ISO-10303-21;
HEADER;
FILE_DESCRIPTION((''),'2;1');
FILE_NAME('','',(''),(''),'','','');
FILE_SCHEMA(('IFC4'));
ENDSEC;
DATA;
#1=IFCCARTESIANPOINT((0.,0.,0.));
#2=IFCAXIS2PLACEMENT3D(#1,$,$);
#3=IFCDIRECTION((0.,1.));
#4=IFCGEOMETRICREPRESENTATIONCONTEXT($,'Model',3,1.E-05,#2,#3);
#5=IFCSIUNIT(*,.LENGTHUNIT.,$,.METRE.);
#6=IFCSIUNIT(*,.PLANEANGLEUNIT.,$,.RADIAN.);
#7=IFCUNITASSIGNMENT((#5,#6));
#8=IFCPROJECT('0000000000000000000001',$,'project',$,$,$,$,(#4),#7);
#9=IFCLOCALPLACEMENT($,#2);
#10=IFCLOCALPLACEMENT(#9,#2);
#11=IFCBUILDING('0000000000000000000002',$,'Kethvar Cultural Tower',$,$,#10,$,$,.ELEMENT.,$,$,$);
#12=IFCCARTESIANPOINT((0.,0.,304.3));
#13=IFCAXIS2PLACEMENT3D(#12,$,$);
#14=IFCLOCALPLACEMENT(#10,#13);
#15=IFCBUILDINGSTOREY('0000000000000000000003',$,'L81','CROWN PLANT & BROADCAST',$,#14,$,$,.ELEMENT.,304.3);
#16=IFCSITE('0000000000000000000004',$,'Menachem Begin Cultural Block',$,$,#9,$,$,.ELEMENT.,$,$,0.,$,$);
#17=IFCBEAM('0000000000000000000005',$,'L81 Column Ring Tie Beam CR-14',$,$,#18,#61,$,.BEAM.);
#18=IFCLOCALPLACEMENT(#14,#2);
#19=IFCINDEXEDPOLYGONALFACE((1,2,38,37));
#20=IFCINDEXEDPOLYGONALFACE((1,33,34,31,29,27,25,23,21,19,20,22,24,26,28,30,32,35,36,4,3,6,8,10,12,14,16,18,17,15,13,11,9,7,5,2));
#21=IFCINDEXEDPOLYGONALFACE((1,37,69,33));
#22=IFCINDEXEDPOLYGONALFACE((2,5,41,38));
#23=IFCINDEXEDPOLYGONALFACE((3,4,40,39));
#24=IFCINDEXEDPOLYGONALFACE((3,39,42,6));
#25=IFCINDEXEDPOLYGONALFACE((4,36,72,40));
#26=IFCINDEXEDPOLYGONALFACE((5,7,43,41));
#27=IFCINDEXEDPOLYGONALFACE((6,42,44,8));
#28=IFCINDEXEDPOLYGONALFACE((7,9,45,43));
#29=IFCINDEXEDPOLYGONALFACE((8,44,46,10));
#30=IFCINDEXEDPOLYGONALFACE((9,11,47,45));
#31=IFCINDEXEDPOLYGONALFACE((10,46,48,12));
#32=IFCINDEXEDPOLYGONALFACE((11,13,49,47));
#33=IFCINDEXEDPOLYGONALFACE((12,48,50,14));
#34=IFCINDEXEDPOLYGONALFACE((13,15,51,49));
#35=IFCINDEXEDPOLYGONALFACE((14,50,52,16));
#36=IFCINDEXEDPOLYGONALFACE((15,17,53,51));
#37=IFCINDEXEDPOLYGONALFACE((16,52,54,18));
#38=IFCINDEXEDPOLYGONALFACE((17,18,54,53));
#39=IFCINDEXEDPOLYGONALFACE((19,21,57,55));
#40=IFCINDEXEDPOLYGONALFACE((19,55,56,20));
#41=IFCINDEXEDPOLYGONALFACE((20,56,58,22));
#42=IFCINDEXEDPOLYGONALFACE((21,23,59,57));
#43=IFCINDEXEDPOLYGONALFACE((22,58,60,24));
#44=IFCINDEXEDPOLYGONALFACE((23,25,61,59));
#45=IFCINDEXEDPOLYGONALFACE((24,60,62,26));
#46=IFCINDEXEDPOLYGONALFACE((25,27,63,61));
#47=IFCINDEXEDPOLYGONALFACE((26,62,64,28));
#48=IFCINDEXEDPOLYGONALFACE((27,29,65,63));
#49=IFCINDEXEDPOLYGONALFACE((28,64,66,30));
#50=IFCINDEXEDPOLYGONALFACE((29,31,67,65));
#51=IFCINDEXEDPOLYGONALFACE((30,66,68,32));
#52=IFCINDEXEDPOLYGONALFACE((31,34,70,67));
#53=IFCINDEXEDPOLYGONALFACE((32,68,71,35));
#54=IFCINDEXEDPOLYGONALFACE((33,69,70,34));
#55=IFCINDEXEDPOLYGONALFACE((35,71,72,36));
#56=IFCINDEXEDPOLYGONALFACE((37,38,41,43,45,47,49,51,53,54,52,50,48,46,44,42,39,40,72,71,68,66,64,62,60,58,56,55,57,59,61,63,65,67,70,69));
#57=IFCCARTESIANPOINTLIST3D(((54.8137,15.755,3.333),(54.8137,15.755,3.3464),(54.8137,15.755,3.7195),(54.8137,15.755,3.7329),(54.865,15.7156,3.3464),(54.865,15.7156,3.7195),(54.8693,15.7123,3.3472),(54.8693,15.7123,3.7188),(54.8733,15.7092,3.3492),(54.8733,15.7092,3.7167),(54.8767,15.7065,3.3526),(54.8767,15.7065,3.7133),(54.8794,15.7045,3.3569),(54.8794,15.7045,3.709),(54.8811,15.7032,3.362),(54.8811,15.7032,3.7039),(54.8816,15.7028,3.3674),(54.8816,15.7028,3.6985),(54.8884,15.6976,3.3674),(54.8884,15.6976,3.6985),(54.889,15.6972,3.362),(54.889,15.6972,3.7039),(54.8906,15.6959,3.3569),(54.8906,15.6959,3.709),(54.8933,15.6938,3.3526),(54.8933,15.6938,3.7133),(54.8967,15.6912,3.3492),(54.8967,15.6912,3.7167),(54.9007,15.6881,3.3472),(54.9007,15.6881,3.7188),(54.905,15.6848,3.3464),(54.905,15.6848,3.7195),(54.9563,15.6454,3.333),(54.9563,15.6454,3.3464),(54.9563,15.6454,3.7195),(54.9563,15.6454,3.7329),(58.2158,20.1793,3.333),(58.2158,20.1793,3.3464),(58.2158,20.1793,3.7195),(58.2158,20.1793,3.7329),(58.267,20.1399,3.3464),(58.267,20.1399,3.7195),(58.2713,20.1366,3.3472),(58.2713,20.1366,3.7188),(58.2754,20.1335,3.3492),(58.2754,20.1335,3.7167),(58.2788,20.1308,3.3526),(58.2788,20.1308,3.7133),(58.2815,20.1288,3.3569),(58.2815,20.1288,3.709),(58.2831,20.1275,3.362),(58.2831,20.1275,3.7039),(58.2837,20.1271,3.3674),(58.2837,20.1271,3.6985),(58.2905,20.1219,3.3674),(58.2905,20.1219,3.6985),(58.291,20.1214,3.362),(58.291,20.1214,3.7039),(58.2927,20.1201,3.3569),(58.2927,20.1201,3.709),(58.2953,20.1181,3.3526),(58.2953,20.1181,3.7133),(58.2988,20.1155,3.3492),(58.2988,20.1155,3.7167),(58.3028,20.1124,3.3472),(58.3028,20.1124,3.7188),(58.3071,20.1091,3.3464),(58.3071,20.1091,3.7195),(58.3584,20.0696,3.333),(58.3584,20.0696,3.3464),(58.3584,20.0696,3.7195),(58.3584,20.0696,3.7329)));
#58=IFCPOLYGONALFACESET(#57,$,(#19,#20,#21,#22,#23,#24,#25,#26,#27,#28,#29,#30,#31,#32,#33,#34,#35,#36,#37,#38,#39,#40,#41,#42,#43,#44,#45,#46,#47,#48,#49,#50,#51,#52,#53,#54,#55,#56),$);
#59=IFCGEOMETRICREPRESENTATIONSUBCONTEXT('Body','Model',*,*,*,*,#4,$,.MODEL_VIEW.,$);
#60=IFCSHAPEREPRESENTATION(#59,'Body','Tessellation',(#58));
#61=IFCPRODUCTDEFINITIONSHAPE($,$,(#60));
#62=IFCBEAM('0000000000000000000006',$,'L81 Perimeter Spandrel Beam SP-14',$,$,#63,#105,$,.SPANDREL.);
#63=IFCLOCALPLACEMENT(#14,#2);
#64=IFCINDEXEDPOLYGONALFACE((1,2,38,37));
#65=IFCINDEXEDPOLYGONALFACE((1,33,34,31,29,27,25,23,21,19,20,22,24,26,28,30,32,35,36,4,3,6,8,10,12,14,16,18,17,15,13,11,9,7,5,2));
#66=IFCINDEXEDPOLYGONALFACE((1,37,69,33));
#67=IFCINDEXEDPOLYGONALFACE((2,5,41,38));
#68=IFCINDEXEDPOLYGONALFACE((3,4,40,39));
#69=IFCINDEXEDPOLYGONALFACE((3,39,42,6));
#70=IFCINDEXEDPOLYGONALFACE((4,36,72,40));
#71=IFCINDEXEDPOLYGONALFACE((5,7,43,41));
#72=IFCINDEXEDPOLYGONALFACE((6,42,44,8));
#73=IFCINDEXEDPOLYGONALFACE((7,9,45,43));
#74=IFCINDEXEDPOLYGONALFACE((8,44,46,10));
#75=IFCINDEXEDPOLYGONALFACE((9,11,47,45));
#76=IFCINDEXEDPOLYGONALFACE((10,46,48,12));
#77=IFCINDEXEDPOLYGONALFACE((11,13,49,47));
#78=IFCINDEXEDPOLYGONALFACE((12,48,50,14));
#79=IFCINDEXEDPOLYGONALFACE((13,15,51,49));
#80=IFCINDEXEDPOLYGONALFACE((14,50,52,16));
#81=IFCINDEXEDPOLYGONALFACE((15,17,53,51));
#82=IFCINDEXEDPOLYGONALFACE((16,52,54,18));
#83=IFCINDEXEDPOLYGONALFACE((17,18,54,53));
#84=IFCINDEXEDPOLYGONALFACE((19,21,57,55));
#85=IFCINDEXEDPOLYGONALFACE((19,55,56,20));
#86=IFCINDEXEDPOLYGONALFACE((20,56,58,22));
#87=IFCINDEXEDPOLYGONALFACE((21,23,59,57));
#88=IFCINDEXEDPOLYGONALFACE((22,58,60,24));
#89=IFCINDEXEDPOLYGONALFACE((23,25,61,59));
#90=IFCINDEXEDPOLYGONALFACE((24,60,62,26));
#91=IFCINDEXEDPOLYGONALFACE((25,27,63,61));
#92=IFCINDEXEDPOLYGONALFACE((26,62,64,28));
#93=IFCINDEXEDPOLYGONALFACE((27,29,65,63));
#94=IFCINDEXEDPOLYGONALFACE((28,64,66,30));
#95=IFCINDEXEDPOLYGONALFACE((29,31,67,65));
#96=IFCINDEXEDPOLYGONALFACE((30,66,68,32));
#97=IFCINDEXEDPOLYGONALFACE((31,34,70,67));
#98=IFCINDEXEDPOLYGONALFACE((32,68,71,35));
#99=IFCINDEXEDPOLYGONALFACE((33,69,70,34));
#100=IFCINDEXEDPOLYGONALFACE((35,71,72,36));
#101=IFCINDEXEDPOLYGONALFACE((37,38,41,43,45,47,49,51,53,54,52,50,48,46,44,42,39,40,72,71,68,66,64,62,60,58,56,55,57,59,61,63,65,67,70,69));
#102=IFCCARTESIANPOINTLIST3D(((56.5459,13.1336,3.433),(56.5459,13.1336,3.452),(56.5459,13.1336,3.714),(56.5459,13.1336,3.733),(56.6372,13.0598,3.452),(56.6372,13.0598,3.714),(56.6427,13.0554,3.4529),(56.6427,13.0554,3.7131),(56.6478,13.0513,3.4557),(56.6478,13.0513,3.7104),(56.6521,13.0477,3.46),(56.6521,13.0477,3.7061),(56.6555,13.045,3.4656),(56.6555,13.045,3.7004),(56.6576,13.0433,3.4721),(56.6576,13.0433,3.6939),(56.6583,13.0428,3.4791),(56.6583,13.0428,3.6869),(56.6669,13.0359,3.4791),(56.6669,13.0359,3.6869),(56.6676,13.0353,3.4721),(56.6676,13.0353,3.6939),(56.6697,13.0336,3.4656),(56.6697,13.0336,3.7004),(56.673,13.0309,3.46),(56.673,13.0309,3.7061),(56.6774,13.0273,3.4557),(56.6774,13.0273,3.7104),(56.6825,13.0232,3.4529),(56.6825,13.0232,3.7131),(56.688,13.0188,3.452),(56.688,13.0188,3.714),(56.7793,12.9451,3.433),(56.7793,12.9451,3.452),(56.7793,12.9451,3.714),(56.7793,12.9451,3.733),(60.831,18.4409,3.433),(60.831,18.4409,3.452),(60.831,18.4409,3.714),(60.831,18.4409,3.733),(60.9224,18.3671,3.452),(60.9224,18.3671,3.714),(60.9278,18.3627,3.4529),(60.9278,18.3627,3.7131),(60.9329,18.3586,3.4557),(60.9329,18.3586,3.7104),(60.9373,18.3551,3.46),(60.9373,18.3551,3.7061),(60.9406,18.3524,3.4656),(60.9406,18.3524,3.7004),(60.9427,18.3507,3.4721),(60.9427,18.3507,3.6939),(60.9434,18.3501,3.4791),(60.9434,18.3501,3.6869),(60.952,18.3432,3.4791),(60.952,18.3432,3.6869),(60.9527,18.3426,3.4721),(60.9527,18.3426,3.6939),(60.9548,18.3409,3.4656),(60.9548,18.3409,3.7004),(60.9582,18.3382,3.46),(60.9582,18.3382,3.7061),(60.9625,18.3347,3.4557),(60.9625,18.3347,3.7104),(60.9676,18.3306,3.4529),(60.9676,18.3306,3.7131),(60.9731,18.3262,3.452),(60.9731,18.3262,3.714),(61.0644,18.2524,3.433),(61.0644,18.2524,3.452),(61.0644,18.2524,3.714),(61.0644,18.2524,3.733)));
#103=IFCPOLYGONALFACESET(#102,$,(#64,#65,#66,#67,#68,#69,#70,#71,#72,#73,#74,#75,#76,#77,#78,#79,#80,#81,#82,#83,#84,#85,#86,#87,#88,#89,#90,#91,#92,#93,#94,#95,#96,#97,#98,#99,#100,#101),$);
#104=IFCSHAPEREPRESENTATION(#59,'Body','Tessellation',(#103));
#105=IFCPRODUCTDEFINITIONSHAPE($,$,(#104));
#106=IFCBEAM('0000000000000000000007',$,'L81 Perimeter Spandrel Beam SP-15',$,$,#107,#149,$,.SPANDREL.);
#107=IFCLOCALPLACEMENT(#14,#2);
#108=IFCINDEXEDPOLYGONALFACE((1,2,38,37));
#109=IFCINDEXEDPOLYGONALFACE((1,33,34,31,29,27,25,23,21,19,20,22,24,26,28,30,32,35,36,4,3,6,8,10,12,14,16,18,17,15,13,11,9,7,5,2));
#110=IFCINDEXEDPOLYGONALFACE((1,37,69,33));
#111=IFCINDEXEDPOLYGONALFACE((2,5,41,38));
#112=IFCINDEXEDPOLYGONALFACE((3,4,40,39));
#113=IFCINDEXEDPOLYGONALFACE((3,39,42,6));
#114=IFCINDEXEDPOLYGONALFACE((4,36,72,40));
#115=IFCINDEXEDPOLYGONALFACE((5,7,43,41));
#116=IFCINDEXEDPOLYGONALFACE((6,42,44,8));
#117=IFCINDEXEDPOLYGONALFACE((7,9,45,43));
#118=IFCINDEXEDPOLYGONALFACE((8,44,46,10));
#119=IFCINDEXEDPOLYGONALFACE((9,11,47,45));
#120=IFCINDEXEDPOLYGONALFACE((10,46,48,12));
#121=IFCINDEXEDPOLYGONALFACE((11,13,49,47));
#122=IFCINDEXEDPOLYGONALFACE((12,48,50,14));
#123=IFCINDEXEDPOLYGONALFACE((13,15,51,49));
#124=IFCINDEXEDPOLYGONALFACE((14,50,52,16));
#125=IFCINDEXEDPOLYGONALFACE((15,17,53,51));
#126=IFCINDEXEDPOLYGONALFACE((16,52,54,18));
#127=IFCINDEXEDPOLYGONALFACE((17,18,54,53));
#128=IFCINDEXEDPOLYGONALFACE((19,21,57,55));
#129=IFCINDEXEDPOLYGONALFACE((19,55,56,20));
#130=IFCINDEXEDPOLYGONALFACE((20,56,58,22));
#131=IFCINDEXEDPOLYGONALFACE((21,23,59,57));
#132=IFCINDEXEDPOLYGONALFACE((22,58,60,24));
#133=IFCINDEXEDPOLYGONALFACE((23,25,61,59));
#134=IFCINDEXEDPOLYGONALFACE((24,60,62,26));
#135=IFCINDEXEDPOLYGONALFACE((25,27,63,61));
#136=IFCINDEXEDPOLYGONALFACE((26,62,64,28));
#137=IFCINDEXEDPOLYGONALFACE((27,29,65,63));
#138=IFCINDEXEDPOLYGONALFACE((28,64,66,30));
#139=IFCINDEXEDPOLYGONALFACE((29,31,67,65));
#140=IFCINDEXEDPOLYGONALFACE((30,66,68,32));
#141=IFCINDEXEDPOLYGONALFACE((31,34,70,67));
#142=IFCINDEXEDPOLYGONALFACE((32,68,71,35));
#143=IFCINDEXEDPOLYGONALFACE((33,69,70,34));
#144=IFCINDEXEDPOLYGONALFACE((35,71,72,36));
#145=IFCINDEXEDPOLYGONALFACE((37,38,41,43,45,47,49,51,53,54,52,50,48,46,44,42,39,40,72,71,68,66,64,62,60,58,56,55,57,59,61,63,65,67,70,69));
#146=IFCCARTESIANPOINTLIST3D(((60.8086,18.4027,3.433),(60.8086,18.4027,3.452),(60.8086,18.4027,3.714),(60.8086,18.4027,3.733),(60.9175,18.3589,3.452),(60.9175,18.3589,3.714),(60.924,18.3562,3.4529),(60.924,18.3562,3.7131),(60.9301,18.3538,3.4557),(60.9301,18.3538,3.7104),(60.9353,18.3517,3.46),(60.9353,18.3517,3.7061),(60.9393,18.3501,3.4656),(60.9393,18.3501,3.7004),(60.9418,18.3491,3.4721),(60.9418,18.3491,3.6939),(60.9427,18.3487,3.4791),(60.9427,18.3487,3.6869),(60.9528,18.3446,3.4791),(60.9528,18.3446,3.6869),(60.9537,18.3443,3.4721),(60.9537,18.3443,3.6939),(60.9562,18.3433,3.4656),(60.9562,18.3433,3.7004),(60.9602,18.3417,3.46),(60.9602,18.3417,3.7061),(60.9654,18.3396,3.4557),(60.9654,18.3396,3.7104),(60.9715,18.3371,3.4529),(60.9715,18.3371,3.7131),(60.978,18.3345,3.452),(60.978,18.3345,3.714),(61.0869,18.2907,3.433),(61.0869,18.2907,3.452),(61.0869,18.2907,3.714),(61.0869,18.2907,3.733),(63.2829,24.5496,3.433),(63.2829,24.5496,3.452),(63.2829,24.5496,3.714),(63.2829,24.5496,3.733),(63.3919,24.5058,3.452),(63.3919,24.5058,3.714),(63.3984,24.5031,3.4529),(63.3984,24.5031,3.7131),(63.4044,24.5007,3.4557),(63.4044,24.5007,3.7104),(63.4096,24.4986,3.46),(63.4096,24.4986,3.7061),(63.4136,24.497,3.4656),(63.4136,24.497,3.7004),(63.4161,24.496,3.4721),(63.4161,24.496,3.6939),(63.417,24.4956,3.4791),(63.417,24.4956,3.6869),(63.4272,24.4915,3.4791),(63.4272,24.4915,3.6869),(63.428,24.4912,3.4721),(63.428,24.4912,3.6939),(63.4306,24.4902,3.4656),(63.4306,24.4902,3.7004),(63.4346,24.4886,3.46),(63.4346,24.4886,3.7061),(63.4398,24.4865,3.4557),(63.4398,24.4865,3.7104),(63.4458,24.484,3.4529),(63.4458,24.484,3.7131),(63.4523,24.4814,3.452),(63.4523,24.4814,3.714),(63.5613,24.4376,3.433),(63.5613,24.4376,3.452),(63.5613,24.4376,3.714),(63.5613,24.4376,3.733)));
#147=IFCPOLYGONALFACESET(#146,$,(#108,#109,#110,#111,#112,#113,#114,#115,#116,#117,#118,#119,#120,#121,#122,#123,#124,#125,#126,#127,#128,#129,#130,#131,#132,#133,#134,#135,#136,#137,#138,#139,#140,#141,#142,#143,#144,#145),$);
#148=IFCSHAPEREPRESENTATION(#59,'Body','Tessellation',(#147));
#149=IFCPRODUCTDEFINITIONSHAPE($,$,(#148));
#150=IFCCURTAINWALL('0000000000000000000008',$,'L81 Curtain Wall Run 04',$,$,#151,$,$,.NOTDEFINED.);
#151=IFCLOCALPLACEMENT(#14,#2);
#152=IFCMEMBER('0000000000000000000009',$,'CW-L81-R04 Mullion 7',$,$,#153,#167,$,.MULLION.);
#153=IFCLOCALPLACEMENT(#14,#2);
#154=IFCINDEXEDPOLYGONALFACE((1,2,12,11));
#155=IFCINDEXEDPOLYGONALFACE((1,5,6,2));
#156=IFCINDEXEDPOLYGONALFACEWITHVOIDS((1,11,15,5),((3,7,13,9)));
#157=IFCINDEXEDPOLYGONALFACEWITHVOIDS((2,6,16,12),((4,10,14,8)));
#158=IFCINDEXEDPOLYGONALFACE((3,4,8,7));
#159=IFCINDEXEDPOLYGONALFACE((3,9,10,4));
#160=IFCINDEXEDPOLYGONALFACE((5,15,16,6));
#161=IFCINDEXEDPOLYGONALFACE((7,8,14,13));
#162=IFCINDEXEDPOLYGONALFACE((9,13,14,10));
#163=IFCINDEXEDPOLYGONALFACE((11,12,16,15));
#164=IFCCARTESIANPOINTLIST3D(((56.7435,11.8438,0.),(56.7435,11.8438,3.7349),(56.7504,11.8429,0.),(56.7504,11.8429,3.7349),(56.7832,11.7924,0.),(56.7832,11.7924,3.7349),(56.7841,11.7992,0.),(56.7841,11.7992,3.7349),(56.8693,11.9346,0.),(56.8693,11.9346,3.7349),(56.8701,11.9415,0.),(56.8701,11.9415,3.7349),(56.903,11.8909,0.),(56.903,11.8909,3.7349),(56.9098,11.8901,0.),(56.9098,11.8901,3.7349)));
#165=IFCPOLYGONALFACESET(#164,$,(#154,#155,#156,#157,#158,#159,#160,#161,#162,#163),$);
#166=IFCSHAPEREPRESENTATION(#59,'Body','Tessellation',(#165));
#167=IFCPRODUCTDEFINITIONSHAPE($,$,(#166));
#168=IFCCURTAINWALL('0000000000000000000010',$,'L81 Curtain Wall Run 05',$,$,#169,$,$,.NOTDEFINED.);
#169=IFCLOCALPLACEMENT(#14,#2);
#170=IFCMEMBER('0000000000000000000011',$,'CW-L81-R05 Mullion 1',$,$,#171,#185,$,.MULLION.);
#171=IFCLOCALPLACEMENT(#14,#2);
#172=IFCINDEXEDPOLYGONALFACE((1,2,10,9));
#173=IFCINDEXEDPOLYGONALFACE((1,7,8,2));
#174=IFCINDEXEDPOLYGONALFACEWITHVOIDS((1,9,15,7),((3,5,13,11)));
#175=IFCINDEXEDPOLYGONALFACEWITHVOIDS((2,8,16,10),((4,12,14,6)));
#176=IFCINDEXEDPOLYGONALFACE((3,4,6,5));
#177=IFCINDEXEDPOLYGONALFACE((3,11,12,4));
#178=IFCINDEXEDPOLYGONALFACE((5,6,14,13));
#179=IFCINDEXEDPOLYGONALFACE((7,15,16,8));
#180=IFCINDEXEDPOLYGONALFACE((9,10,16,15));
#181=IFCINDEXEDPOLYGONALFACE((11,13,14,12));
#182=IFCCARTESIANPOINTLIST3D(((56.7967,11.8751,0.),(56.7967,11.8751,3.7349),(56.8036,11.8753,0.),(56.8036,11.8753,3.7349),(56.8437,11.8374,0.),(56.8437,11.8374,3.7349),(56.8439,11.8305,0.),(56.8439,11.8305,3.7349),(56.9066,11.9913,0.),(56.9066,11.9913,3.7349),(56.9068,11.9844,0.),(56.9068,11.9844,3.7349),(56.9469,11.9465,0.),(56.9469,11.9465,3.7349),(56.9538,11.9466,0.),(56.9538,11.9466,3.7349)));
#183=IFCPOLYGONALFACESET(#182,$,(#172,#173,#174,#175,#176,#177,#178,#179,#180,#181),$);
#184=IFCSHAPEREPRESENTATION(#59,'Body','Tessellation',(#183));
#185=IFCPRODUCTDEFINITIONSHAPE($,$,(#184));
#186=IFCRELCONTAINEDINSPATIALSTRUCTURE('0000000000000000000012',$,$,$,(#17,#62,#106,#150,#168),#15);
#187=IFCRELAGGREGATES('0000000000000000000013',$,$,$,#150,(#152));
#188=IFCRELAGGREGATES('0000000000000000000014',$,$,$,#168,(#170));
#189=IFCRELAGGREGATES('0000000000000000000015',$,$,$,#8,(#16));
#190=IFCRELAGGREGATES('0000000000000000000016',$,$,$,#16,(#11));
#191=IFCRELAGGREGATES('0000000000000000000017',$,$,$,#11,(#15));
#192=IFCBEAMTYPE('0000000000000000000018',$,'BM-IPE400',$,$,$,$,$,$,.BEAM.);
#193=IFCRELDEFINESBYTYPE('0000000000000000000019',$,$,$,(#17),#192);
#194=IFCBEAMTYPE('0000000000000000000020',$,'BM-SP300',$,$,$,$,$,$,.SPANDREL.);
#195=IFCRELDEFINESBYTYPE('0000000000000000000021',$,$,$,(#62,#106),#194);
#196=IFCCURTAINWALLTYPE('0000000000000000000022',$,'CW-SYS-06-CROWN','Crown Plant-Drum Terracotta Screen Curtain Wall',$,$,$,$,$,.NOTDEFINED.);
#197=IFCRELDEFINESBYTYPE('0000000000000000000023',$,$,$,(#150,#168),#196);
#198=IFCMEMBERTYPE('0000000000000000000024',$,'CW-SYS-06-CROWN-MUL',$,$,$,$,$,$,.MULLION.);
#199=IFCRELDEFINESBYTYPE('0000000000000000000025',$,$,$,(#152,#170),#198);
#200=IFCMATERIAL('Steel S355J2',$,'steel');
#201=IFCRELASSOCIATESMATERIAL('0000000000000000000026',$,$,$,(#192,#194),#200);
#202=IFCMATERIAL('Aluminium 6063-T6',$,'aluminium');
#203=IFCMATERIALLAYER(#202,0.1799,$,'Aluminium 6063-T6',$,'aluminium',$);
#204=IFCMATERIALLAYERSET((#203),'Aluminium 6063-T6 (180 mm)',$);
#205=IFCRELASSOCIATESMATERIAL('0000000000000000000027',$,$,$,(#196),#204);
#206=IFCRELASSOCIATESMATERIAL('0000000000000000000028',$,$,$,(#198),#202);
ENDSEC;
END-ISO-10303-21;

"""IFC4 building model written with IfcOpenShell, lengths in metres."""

from ifc_helpers import new_model, si_unit, direction, frame, origin, origin_2d, place, context, subcontext, project, spatial, hollow_rectangle, i_section, extrude, source, transform, mapped, material, layer, layer_set, material_profile, profile_set, type_object, element, aggregate, save


model = new_model("IFC4")

# Units and contexts
model_context = context("Model", 3, precision=1e-05, world=origin(), true_north=direction((0.0, 1.0)))
body_context = subcontext(model_context, "Body", "Model", "MODEL_VIEW")
ifc_project = project(units=[si_unit("LENGTHUNIT", "METRE"), si_unit("PLANEANGLEUNIT", "RADIAN")], contexts=[model_context])

# Site, building, storey
site_placement = place(None, origin())
site = spatial("IfcSite", under=ifc_project, at=site_placement, Name="Menachem Begin Cultural Block", CompositionType="ELEMENT", RefElevation=0.0)
building_placement = place(site_placement, origin())
building = spatial("IfcBuilding", under=site, at=building_placement, Name="Kethvar Cultural Tower", CompositionType="ELEMENT")
storey_placement = place(building_placement, frame((0.0, 0.0, 304.3)))
storey = spatial("IfcBuildingStorey", under=building, at=storey_placement, Name="L81", Description="CROWN PLANT & BROADCAST", CompositionType="ELEMENT", Elevation=304.3)

# Shared definitions
ifc_material_1 = material(Name="Steel S355J2", Category="steel")

# Beams
ifc_material_profile_1 = material_profile(ifc_material_1, i_section(OverallWidth=0.1799, OverallDepth=0.3999, WebThickness=0.0085, FlangeThickness=0.0134, FilletRadius=0.021, at=origin_2d()), Name="Steel S355J2 — IPE400")
ifc_profile_set_1 = profile_set([ifc_material_profile_1], Name="Steel S355J2 — IPE400")
beam_type_1 = type_object("IfcBeamType", Name="BM-IPE400", PredefinedType="BEAM", material=ifc_profile_set_1)
shared_shape_1 = source(origin(), body_context, "Body", "SweptSolid", [
    extrude(i_section(OverallWidth=0.1799, OverallDepth=0.3999, WebThickness=0.0085, FlangeThickness=0.0134, FilletRadius=0.021, at=origin_2d()), origin(), (0.0, 0.0, 1.0), 5.5811),
])
beam_1_placement = place(storey_placement, frame((54.885, 15.7002, 3.533), z_axis=(0.609573, 0.79273, 0.0), x_axis=(-0.79273, 0.609573, 0.0)))
element("IfcBeam", 1, at=beam_1_placement, inside=storey, type_object=beam_type_1, Name="L81 Column Ring Tie Beam CR-14", PredefinedType="BEAM", context=body_context, shape_type="MappedRepresentation", body=[
    mapped(shared_shape_1, transform((0.0, 0.0, 0.0), scale=1.0)),
])
ifc_material_profile_2 = material_profile(ifc_material_1, i_section(OverallWidth=0.3, OverallDepth=0.3, WebThickness=0.011, FlangeThickness=0.019, FilletRadius=0.0271, at=origin_2d()), Name="Steel S355J2 — HEB300")
ifc_profile_set_2 = profile_set([ifc_material_profile_2], Name="Steel S355J2 — HEB300")
beam_type_2 = type_object("IfcBeamType", Name="BM-SP300", PredefinedType="SPANDREL", material=ifc_profile_set_2)
shared_shape_2 = source(origin(), body_context, "Body", "SweptSolid", [
    extrude(i_section(OverallWidth=0.3, OverallDepth=0.3, WebThickness=0.011, FlangeThickness=0.019, FilletRadius=0.0271, at=origin_2d()), origin(), (0.0, 0.0, 1.0), 6.8213),
])
beam_2_placement = place(storey_placement, frame((56.6626, 13.0393, 3.583), z_axis=(0.628198, 0.778054, 0.0), x_axis=(-0.778054, 0.628198, 0.0)))
element("IfcBeam", 2, at=beam_2_placement, inside=storey, type_object=beam_type_2, Name="L81 Perimeter Spandrel Beam SP-14", PredefinedType="SPANDREL", context=body_context, shape_type="MappedRepresentation", body=[
    mapped(shared_shape_2, transform((0.0, 0.0, 0.0), scale=1.0)),
])
shared_shape_3 = source(origin(), body_context, "Body", "SweptSolid", [
    extrude(i_section(OverallWidth=0.3, OverallDepth=0.3, WebThickness=0.011, FlangeThickness=0.019, FilletRadius=0.0271, at=origin_2d()), origin(), (0.0, 0.0, 1.0), 6.6262),
])
beam_3_placement = place(storey_placement, frame((60.9478, 18.3467, 3.583), z_axis=(0.373416, 0.927664, 0.0), x_axis=(-0.927664, 0.373416, 0.0)))
element("IfcBeam", 3, at=beam_3_placement, inside=storey, type_object=beam_type_2, Name="L81 Perimeter Spandrel Beam SP-15", PredefinedType="SPANDREL", context=body_context, shape_type="MappedRepresentation", body=[
    mapped(shared_shape_3, transform((0.0, 0.0, 0.0), scale=1.0)),
])

# Curtain wall, member
ifc_material_2 = material(Name="Aluminium 6063-T6", Category="aluminium")
ifc_layer_1 = layer(ifc_material_2, 0.1799, Name="Aluminium 6063-T6", Category="aluminium")
ifc_layer_set_1 = layer_set([ifc_layer_1], Name="Aluminium 6063-T6 (180 mm)")
curtain_wall_type = type_object("IfcCurtainWallType", Name="CW-SYS-06-CROWN", Description="Crown Plant-Drum Terracotta Screen Curtain Wall", PredefinedType="NOTDEFINED", material=ifc_layer_set_1)
curtain_wall_1_placement = place(storey_placement, origin())
curtain_wall_1 = element("IfcCurtainWall", 4, at=curtain_wall_1_placement, inside=storey, type_object=curtain_wall_type, Name="L81 Curtain Wall Run 04", PredefinedType="NOTDEFINED")
ifc_material_profile_3 = material_profile(ifc_material_2, hollow_rectangle(XDim=0.0649, YDim=0.1599, WallThickness=0.0049, at=origin_2d()), Name="Aluminium 6063-T6 — RHS160x65x5")
ifc_profile_set_3 = profile_set([ifc_material_profile_3], Name="Aluminium 6063-T6 — RHS160x65x5")
member_type_1 = type_object("IfcMemberType", Name="CW-SYS-06-CROWN-MUL", PredefinedType="MULLION", material=ifc_profile_set_3)
shared_shape_4 = source(origin(), body_context, "Body", "SweptSolid", [
    extrude(hollow_rectangle(XDim=0.0649, YDim=0.1599, WallThickness=0.0049, at=origin_2d()), origin(), (0.0, 0.0, 1.0), 3.7349),
])
member_1_placement = place(storey_placement, frame((56.8267, 11.8669, 0.0), z_axis=(0.0, 0.0, 1.0), x_axis=(-0.610753, 0.791821, 0.0)))
member_1 = element("IfcMember", 5, at=member_1_placement, type_object=member_type_1, Name="CW-L81-R04 Mullion 7", PredefinedType="MULLION", context=body_context, shape_type="MappedRepresentation", body=[
    mapped(shared_shape_4, transform((0.0, 0.0, 0.0), scale=1.0)),
])

# Curtain wall, member
curtain_wall_2_placement = place(storey_placement, origin())
curtain_wall_2 = element("IfcCurtainWall", 6, at=curtain_wall_2_placement, inside=storey, type_object=curtain_wall_type, Name="L81 Curtain Wall Run 05", PredefinedType="NOTDEFINED")
member_2_placement = place(storey_placement, frame((56.8752, 11.9109, 0.0), z_axis=(0.0, 0.0, 1.0), x_axis=(-0.726323, 0.687354, 0.0)))
member_2 = element("IfcMember", 7, at=member_2_placement, type_object=member_type_1, Name="CW-L81-R05 Mullion 1", PredefinedType="MULLION", context=body_context, shape_type="MappedRepresentation", body=[
    mapped(shared_shape_4, transform((0.0, 0.0, 0.0), scale=1.0)),
])

aggregate(curtain_wall_1, [member_1])
aggregate(curtain_wall_2, [member_2])

save(model, "model.ifc")
